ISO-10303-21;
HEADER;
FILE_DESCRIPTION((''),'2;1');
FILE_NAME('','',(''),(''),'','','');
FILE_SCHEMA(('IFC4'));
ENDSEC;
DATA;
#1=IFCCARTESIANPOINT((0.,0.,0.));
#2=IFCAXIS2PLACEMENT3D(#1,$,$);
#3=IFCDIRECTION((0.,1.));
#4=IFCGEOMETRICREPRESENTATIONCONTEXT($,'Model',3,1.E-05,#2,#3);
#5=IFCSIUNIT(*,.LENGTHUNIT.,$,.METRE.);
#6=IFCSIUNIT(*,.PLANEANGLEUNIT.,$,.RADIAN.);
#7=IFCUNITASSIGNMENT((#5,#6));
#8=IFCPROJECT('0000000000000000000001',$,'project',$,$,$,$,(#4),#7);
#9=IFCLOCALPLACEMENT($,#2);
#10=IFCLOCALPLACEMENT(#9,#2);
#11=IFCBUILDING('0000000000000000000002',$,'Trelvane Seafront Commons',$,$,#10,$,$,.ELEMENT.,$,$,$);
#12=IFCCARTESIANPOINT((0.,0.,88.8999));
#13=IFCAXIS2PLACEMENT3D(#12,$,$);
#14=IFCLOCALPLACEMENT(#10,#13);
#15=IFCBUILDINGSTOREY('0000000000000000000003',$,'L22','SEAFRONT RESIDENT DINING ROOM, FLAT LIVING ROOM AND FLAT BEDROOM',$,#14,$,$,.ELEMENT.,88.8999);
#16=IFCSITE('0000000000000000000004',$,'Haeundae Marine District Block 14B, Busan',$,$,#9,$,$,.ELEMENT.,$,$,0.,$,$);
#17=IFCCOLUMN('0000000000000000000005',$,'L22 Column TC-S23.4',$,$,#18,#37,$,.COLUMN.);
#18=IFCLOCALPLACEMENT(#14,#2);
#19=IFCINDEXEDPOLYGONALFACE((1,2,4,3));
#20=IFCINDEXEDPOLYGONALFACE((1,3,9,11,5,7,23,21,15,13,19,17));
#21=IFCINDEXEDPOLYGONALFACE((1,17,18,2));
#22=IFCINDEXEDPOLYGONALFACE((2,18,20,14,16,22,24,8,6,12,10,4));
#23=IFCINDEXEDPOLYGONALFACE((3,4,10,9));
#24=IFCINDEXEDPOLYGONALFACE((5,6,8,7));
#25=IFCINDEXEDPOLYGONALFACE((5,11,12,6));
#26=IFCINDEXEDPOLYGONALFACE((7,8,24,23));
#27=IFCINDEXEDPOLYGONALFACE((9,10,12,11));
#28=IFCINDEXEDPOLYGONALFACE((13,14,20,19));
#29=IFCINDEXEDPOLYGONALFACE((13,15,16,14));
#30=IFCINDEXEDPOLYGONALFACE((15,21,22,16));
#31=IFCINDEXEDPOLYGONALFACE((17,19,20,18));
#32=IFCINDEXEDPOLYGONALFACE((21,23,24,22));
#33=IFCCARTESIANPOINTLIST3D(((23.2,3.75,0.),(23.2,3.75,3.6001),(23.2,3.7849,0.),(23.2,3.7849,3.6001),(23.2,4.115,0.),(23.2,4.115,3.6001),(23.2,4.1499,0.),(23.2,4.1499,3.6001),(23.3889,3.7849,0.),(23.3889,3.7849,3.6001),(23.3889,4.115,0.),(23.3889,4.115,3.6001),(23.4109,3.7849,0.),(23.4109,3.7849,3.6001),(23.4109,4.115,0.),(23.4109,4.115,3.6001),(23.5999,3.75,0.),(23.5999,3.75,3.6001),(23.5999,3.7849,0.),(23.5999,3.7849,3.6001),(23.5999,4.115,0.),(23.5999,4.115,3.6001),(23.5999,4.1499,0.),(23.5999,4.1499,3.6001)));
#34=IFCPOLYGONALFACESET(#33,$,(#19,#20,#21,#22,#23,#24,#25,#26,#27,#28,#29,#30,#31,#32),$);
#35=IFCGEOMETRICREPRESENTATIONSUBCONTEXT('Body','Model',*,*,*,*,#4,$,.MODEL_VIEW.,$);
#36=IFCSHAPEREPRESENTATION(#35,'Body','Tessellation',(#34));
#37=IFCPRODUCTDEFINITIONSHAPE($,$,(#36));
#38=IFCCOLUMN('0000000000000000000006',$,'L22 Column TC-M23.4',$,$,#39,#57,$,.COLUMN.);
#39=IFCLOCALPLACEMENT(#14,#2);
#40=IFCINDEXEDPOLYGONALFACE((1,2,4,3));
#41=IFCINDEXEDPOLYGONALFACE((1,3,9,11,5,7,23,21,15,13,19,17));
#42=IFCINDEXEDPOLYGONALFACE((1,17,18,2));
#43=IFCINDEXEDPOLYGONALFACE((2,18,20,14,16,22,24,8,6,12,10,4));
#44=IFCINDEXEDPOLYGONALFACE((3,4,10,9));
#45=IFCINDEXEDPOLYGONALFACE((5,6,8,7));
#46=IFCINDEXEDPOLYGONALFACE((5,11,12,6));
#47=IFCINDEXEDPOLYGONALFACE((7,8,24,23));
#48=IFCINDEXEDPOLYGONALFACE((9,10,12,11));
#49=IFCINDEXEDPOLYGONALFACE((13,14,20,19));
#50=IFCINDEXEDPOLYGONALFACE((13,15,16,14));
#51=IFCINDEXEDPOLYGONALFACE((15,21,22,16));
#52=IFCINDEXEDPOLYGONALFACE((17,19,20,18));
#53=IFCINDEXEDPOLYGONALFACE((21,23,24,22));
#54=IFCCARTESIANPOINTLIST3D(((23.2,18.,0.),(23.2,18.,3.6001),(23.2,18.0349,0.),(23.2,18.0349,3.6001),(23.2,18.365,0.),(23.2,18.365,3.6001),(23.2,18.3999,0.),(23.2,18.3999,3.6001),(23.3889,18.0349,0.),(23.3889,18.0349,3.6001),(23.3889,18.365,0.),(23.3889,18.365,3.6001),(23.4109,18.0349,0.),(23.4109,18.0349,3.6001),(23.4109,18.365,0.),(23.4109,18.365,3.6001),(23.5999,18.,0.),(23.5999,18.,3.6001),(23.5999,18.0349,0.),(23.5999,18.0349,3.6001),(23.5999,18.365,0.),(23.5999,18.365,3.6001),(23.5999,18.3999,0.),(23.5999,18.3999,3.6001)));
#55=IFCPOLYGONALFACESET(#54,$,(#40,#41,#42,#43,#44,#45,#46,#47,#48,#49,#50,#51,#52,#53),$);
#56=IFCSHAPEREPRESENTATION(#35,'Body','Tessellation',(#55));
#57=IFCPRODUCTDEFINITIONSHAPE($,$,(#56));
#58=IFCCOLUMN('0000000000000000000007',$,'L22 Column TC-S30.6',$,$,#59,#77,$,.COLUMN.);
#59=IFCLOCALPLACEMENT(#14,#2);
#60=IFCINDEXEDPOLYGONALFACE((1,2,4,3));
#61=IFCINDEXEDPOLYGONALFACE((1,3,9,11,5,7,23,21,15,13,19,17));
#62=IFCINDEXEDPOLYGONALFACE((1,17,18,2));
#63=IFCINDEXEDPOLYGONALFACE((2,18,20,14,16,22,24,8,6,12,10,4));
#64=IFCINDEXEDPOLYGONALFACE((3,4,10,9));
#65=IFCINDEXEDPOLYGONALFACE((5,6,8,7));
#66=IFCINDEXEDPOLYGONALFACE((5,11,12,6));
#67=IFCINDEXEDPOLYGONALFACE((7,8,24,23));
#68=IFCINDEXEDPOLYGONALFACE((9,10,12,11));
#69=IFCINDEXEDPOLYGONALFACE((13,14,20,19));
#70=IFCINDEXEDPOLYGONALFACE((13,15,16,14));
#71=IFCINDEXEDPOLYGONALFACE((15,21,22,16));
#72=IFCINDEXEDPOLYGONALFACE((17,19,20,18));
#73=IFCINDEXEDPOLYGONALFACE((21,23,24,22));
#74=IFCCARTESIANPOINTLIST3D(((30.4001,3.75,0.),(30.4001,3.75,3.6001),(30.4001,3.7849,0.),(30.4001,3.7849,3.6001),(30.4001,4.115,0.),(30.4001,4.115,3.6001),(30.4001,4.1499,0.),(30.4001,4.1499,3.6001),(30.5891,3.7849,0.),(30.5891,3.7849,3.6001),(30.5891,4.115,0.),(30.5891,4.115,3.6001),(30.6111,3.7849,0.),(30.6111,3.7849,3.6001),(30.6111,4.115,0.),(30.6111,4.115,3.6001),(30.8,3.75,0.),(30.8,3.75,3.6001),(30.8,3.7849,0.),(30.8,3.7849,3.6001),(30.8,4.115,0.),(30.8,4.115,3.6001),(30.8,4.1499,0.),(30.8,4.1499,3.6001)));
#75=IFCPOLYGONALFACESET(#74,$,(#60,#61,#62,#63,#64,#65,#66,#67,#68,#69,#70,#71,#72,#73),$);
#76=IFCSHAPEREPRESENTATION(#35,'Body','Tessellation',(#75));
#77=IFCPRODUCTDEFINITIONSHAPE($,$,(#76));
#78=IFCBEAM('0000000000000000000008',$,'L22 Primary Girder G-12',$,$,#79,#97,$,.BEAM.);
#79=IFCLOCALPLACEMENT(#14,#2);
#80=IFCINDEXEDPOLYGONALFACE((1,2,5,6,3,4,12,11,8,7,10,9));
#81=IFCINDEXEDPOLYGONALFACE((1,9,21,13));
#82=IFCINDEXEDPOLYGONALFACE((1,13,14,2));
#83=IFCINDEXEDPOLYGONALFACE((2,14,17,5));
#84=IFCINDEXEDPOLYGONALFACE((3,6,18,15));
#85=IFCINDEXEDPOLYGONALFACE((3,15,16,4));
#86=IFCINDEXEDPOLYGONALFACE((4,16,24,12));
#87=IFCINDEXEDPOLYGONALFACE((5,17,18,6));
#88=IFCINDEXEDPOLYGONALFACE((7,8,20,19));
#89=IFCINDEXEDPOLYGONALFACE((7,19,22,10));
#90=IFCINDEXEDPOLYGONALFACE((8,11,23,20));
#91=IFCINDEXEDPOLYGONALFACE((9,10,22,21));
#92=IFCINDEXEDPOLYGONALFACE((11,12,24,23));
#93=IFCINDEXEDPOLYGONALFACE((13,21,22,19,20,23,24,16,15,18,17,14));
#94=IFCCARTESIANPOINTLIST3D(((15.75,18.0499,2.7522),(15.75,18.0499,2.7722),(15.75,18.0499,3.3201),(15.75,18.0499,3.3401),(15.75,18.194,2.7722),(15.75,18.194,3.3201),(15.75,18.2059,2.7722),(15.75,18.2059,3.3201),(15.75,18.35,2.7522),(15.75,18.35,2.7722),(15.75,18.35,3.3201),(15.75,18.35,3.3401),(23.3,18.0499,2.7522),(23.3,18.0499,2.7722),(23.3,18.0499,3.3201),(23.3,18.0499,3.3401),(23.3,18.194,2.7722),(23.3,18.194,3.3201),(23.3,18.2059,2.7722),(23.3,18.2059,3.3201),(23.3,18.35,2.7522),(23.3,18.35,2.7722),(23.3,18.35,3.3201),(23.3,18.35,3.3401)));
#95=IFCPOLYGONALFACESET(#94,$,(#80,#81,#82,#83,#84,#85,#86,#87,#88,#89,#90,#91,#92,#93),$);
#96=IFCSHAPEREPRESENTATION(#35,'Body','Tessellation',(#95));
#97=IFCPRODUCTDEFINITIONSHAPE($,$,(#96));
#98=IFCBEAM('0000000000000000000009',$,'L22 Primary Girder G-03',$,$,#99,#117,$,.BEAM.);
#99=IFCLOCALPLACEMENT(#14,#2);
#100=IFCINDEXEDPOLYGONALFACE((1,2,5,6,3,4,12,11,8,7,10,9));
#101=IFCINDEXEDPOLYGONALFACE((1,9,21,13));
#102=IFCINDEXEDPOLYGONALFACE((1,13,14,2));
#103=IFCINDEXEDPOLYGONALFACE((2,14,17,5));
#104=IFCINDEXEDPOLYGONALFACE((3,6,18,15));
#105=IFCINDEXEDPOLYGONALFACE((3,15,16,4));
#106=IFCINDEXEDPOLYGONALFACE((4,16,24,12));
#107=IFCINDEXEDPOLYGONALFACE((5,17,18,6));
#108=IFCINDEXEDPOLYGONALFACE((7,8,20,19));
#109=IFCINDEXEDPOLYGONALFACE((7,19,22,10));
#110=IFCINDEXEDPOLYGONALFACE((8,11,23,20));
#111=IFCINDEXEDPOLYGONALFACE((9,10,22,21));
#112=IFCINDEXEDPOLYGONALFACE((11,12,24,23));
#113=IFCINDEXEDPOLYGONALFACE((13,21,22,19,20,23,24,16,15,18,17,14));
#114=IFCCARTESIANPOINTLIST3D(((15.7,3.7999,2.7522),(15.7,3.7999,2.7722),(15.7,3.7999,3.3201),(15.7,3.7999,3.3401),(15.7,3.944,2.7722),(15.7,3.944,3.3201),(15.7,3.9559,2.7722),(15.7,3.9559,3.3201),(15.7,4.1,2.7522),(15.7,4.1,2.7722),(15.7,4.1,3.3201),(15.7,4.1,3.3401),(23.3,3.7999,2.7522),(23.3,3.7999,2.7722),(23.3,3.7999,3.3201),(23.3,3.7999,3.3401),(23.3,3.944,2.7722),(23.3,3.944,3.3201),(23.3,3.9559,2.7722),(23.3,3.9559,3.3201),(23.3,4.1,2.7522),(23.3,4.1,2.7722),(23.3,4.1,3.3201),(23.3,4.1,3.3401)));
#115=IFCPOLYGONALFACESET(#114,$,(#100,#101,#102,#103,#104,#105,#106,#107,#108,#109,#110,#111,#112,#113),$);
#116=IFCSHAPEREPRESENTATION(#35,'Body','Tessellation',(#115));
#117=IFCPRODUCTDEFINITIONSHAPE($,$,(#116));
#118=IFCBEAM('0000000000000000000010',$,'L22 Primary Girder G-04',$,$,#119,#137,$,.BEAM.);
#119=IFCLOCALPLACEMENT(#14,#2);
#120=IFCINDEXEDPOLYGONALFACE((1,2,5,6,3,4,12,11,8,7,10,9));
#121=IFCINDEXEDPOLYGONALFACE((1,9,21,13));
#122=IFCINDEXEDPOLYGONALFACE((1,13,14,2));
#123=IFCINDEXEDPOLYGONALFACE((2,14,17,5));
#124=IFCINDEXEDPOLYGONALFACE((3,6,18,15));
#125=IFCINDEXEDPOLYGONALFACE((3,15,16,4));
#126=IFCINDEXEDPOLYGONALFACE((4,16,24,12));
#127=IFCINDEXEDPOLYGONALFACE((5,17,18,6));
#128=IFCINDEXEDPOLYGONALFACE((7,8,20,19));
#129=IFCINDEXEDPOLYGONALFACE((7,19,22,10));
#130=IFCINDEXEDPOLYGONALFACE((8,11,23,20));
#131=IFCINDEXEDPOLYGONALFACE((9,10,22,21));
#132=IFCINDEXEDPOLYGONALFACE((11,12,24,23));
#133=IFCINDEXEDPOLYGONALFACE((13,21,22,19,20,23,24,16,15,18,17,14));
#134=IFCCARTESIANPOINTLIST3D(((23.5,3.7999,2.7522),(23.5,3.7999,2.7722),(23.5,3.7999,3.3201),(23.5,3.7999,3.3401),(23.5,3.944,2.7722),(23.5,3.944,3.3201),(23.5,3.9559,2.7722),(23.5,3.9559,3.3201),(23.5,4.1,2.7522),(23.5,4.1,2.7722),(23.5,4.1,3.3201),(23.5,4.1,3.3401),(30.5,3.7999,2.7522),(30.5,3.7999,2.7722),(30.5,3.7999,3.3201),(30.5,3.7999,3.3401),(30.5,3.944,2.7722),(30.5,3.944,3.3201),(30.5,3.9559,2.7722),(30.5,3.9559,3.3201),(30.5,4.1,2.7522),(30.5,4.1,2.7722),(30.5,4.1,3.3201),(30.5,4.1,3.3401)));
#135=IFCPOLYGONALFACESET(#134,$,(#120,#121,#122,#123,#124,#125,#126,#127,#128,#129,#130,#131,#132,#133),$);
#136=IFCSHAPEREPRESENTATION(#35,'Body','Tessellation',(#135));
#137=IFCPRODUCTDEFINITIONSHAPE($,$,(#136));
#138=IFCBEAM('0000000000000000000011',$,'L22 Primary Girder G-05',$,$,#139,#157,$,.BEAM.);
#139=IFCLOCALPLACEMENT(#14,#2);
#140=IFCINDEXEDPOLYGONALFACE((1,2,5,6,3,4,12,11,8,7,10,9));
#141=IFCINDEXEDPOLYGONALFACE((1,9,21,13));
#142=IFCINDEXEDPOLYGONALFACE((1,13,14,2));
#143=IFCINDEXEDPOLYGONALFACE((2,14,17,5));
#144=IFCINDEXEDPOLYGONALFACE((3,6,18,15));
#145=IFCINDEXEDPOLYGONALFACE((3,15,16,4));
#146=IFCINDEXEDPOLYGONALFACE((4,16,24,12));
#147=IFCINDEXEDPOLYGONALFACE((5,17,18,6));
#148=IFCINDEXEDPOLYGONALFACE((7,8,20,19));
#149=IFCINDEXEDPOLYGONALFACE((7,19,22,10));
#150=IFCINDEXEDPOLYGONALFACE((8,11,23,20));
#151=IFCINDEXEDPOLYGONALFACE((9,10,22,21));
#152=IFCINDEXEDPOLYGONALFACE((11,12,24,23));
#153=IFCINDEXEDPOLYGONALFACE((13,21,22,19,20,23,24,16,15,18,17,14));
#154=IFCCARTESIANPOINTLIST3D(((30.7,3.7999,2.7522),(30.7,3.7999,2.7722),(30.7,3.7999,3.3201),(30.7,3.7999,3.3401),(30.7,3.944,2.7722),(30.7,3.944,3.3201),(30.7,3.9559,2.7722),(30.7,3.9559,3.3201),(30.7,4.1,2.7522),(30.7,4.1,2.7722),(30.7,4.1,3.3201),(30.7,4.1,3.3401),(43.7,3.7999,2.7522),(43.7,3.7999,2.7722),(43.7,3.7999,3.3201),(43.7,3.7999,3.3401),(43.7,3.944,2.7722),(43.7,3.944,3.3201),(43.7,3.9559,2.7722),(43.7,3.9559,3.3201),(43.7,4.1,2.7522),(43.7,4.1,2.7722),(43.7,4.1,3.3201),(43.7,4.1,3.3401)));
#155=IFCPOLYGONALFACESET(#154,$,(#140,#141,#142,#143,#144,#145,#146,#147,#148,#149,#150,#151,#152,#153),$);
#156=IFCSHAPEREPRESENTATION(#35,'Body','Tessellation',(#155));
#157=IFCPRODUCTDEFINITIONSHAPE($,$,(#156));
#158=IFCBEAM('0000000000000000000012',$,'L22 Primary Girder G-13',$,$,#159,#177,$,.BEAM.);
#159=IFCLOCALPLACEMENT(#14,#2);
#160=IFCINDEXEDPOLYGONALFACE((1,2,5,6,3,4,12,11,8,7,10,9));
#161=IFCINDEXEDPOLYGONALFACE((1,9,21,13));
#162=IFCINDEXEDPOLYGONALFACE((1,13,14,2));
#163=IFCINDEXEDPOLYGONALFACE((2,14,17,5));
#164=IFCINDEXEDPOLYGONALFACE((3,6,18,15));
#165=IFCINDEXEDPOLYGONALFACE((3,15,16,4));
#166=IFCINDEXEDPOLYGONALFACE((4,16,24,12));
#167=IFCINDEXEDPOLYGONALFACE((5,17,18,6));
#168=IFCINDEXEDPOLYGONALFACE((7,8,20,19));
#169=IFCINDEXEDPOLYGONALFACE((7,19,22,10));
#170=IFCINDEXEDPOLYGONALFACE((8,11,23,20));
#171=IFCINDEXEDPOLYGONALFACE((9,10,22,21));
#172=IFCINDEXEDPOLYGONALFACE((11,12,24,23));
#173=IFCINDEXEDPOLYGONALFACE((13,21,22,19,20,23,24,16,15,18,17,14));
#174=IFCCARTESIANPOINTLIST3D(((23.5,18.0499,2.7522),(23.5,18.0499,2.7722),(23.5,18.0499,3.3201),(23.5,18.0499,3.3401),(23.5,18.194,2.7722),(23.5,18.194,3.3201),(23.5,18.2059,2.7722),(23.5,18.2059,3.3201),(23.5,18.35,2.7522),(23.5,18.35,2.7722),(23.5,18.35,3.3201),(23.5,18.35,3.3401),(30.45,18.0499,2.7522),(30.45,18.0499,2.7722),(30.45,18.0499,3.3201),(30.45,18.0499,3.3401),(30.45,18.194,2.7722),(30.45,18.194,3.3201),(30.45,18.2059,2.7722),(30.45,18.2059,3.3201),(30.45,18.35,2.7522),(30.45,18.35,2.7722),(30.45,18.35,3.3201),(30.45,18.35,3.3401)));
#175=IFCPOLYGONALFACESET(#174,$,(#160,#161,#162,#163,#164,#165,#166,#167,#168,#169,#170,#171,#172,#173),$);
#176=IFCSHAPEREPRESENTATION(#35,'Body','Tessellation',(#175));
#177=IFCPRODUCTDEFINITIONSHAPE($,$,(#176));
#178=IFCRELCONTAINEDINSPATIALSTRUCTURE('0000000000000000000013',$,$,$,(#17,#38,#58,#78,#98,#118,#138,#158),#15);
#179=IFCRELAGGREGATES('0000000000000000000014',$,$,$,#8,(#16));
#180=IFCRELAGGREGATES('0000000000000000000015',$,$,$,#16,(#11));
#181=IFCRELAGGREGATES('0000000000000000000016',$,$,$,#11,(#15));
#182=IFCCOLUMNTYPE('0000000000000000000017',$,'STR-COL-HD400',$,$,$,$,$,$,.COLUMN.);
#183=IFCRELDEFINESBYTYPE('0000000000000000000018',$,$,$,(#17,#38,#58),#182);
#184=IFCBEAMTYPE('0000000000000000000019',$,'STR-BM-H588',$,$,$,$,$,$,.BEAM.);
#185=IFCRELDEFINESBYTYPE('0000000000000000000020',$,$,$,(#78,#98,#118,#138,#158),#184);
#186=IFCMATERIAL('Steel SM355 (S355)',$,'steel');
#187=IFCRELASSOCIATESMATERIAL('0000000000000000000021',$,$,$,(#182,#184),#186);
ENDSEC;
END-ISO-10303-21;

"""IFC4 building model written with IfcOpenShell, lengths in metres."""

from ifc_helpers import new_model, si_unit, direction, frame, origin, origin_2d, place, context, subcontext, project, spatial, i_section, extrude, source, transform, mapped, material, material_profile, profile_set, type_object, element, save


model = new_model("IFC4")

# Units and contexts
model_context = context("Model", 3, precision=1e-05, world=origin(), true_north=direction((0.0, 1.0)))
body_context = subcontext(model_context, "Body", "Model", "MODEL_VIEW")
ifc_project = project(units=[si_unit("LENGTHUNIT", "METRE"), si_unit("PLANEANGLEUNIT", "RADIAN")], contexts=[model_context])

# Site, building, storey
site_placement = place(None, origin())
site = spatial("IfcSite", under=ifc_project, at=site_placement, Name="Haeundae Marine District Block 14B, Busan", CompositionType="ELEMENT", RefElevation=0.0)
building_placement = place(site_placement, origin())
building = spatial("IfcBuilding", under=site, at=building_placement, Name="Trelvane Seafront Commons", CompositionType="ELEMENT")
storey_placement = place(building_placement, frame((0.0, 0.0, 88.8999)))
storey = spatial("IfcBuildingStorey", under=building, at=storey_placement, Name="L22", Description="SEAFRONT RESIDENT DINING ROOM, FLAT LIVING ROOM AND FLAT BEDROOM", CompositionType="ELEMENT", Elevation=88.8999)

# Columns
ifc_material_1 = material(Name="Steel SM355 (S355)", Category="steel")
ifc_material_profile_1 = material_profile(ifc_material_1, i_section(OverallWidth=0.3999, OverallDepth=0.3999, WebThickness=0.022, FlangeThickness=0.0349, at=origin_2d()), Name="HD-400x400x22x35")
ifc_profile_set_1 = profile_set([ifc_material_profile_1], Name="Steel SM355 (S355)")
column_type = type_object("IfcColumnType", Name="STR-COL-HD400", PredefinedType="COLUMN", material=ifc_profile_set_1)
shared_shape_1 = source(origin(), body_context, "Body", "SweptSolid", [
    extrude(i_section(OverallWidth=0.3999, OverallDepth=0.3999, WebThickness=0.022, FlangeThickness=0.0349, at=origin_2d()), origin(), (0.0, 0.0, 1.0), 3.6001),
])
for number, where, z_axis, x_axis, name in (
    (1, (23.3999, 3.95, 0.0), (0.0, 0.0, 1.0), (1.0, 0.0, 0.0), "L22 Column TC-S23.4"),
    (2, (23.3999, 18.2, 0.0), (0.0, 0.0, 1.0), (1.0, 0.0, 0.0), "L22 Column TC-M23.4"),
    (3, (30.6001, 3.95, 0.0), (0.0, 0.0, 1.0), (1.0, 0.0, 0.0), "L22 Column TC-S30.6"),
):
    element("IfcColumn", number, at=place(storey_placement, frame(where, z_axis=z_axis, x_axis=x_axis)), inside=storey, type_object=column_type, Name=name, PredefinedType="COLUMN", context=body_context, shape_type="MappedRepresentation", body=[
        mapped(shared_shape_1, transform((0.0, 0.0, 0.0), x_axis=(1.0, 0.0, 0.0), y_axis=(0.0, 1.0, 0.0), z_axis=(0.0, 0.0, 1.0), scale=1.0)),
    ])

# Beams
ifc_material_profile_2 = material_profile(ifc_material_1, i_section(OverallWidth=0.3, OverallDepth=0.5879, WebThickness=0.012, FlangeThickness=0.02, at=origin_2d()), Name="H-588x300x12x20")
ifc_profile_set_2 = profile_set([ifc_material_profile_2], Name="Steel SM355 (S355)")
beam_type_1 = type_object("IfcBeamType", Name="STR-BM-H588", PredefinedType="BEAM", material=ifc_profile_set_2)
shared_shape_2 = source(origin(), body_context, "Body", "SweptSolid", [
    extrude(i_section(OverallWidth=0.3, OverallDepth=0.5879, WebThickness=0.012, FlangeThickness=0.02, at=origin_2d()), origin(), (0.0, 0.0, 1.0), 7.55),
])
beam_1_placement = place(storey_placement, frame((15.75, 18.2, 3.0461), z_axis=(1.0, 0.0, 0.0), x_axis=(0.0, 1.0, 0.0)))
element("IfcBeam", 4, at=beam_1_placement, inside=storey, type_object=beam_type_1, Name="L22 Primary Girder G-12", PredefinedType="BEAM", context=body_context, shape_type="MappedRepresentation", body=[
    mapped(shared_shape_2, transform((0.0, 0.0, 0.0), x_axis=(1.0, 0.0, 0.0), y_axis=(0.0, 1.0, 0.0), z_axis=(0.0, 0.0, 1.0), scale=1.0)),
])
shared_shape_3 = source(origin(), body_context, "Body", "SweptSolid", [
    extrude(i_section(OverallWidth=0.3, OverallDepth=0.5879, WebThickness=0.012, FlangeThickness=0.02, at=origin_2d()), origin(), (0.0, 0.0, 1.0), 7.6001),
])
beam_2_placement = place(storey_placement, frame((15.7, 3.95, 3.0461), z_axis=(1.0, 0.0, 0.0), x_axis=(0.0, 1.0, 0.0)))
element("IfcBeam", 5, at=beam_2_placement, inside=storey, type_object=beam_type_1, Name="L22 Primary Girder G-03", PredefinedType="BEAM", context=body_context, shape_type="MappedRepresentation", body=[
    mapped(shared_shape_3, transform((0.0, 0.0, 0.0), x_axis=(1.0, 0.0, 0.0), y_axis=(0.0, 1.0, 0.0), z_axis=(0.0, 0.0, 1.0), scale=1.0)),
])
shared_shape_4 = source(origin(), body_context, "Body", "SweptSolid", [
    extrude(i_section(OverallWidth=0.3, OverallDepth=0.5879, WebThickness=0.012, FlangeThickness=0.02, at=origin_2d()), origin(), (0.0, 0.0, 1.0), 7.0),
])
beam_3_placement = place(storey_placement, frame((23.5, 3.95, 3.0461), z_axis=(1.0, 0.0, 0.0), x_axis=(0.0, 1.0, 0.0)))
element("IfcBeam", 6, at=beam_3_placement, inside=storey, type_object=beam_type_1, Name="L22 Primary Girder G-04", PredefinedType="BEAM", context=body_context, shape_type="MappedRepresentation", body=[
    mapped(shared_shape_4, transform((0.0, 0.0, 0.0), x_axis=(1.0, 0.0, 0.0), y_axis=(0.0, 1.0, 0.0), z_axis=(0.0, 0.0, 1.0), scale=1.0)),
])
shared_shape_5 = source(origin(), body_context, "Body", "SweptSolid", [
    extrude(i_section(OverallWidth=0.3, OverallDepth=0.5879, WebThickness=0.012, FlangeThickness=0.02, at=origin_2d()), origin(), (0.0, 0.0, 1.0), 13.0),
])
beam_4_placement = place(storey_placement, frame((30.7, 3.95, 3.0461), z_axis=(1.0, 0.0, 0.0), x_axis=(0.0, 1.0, 0.0)))
element("IfcBeam", 7, at=beam_4_placement, inside=storey, type_object=beam_type_1, Name="L22 Primary Girder G-05", PredefinedType="BEAM", context=body_context, shape_type="MappedRepresentation", body=[
    mapped(shared_shape_5, transform((0.0, 0.0, 0.0), x_axis=(1.0, 0.0, 0.0), y_axis=(0.0, 1.0, 0.0), z_axis=(0.0, 0.0, 1.0), scale=1.0)),
])
shared_shape_6 = source(origin(), body_context, "Body", "SweptSolid", [
    extrude(i_section(OverallWidth=0.3, OverallDepth=0.5879, WebThickness=0.012, FlangeThickness=0.02, at=origin_2d()), origin(), (0.0, 0.0, 1.0), 6.95),
])
beam_5_placement = place(storey_placement, frame((23.5, 18.2, 3.0461), z_axis=(1.0, 0.0, 0.0), x_axis=(0.0, 1.0, 0.0)))
element("IfcBeam", 8, at=beam_5_placement, inside=storey, type_object=beam_type_1, Name="L22 Primary Girder G-13", PredefinedType="BEAM", context=body_context, shape_type="MappedRepresentation", body=[
    mapped(shared_shape_6, transform((0.0, 0.0, 0.0), x_axis=(1.0, 0.0, 0.0), y_axis=(0.0, 1.0, 0.0), z_axis=(0.0, 0.0, 1.0), scale=1.0)),
])

save(model, "model.ifc")
